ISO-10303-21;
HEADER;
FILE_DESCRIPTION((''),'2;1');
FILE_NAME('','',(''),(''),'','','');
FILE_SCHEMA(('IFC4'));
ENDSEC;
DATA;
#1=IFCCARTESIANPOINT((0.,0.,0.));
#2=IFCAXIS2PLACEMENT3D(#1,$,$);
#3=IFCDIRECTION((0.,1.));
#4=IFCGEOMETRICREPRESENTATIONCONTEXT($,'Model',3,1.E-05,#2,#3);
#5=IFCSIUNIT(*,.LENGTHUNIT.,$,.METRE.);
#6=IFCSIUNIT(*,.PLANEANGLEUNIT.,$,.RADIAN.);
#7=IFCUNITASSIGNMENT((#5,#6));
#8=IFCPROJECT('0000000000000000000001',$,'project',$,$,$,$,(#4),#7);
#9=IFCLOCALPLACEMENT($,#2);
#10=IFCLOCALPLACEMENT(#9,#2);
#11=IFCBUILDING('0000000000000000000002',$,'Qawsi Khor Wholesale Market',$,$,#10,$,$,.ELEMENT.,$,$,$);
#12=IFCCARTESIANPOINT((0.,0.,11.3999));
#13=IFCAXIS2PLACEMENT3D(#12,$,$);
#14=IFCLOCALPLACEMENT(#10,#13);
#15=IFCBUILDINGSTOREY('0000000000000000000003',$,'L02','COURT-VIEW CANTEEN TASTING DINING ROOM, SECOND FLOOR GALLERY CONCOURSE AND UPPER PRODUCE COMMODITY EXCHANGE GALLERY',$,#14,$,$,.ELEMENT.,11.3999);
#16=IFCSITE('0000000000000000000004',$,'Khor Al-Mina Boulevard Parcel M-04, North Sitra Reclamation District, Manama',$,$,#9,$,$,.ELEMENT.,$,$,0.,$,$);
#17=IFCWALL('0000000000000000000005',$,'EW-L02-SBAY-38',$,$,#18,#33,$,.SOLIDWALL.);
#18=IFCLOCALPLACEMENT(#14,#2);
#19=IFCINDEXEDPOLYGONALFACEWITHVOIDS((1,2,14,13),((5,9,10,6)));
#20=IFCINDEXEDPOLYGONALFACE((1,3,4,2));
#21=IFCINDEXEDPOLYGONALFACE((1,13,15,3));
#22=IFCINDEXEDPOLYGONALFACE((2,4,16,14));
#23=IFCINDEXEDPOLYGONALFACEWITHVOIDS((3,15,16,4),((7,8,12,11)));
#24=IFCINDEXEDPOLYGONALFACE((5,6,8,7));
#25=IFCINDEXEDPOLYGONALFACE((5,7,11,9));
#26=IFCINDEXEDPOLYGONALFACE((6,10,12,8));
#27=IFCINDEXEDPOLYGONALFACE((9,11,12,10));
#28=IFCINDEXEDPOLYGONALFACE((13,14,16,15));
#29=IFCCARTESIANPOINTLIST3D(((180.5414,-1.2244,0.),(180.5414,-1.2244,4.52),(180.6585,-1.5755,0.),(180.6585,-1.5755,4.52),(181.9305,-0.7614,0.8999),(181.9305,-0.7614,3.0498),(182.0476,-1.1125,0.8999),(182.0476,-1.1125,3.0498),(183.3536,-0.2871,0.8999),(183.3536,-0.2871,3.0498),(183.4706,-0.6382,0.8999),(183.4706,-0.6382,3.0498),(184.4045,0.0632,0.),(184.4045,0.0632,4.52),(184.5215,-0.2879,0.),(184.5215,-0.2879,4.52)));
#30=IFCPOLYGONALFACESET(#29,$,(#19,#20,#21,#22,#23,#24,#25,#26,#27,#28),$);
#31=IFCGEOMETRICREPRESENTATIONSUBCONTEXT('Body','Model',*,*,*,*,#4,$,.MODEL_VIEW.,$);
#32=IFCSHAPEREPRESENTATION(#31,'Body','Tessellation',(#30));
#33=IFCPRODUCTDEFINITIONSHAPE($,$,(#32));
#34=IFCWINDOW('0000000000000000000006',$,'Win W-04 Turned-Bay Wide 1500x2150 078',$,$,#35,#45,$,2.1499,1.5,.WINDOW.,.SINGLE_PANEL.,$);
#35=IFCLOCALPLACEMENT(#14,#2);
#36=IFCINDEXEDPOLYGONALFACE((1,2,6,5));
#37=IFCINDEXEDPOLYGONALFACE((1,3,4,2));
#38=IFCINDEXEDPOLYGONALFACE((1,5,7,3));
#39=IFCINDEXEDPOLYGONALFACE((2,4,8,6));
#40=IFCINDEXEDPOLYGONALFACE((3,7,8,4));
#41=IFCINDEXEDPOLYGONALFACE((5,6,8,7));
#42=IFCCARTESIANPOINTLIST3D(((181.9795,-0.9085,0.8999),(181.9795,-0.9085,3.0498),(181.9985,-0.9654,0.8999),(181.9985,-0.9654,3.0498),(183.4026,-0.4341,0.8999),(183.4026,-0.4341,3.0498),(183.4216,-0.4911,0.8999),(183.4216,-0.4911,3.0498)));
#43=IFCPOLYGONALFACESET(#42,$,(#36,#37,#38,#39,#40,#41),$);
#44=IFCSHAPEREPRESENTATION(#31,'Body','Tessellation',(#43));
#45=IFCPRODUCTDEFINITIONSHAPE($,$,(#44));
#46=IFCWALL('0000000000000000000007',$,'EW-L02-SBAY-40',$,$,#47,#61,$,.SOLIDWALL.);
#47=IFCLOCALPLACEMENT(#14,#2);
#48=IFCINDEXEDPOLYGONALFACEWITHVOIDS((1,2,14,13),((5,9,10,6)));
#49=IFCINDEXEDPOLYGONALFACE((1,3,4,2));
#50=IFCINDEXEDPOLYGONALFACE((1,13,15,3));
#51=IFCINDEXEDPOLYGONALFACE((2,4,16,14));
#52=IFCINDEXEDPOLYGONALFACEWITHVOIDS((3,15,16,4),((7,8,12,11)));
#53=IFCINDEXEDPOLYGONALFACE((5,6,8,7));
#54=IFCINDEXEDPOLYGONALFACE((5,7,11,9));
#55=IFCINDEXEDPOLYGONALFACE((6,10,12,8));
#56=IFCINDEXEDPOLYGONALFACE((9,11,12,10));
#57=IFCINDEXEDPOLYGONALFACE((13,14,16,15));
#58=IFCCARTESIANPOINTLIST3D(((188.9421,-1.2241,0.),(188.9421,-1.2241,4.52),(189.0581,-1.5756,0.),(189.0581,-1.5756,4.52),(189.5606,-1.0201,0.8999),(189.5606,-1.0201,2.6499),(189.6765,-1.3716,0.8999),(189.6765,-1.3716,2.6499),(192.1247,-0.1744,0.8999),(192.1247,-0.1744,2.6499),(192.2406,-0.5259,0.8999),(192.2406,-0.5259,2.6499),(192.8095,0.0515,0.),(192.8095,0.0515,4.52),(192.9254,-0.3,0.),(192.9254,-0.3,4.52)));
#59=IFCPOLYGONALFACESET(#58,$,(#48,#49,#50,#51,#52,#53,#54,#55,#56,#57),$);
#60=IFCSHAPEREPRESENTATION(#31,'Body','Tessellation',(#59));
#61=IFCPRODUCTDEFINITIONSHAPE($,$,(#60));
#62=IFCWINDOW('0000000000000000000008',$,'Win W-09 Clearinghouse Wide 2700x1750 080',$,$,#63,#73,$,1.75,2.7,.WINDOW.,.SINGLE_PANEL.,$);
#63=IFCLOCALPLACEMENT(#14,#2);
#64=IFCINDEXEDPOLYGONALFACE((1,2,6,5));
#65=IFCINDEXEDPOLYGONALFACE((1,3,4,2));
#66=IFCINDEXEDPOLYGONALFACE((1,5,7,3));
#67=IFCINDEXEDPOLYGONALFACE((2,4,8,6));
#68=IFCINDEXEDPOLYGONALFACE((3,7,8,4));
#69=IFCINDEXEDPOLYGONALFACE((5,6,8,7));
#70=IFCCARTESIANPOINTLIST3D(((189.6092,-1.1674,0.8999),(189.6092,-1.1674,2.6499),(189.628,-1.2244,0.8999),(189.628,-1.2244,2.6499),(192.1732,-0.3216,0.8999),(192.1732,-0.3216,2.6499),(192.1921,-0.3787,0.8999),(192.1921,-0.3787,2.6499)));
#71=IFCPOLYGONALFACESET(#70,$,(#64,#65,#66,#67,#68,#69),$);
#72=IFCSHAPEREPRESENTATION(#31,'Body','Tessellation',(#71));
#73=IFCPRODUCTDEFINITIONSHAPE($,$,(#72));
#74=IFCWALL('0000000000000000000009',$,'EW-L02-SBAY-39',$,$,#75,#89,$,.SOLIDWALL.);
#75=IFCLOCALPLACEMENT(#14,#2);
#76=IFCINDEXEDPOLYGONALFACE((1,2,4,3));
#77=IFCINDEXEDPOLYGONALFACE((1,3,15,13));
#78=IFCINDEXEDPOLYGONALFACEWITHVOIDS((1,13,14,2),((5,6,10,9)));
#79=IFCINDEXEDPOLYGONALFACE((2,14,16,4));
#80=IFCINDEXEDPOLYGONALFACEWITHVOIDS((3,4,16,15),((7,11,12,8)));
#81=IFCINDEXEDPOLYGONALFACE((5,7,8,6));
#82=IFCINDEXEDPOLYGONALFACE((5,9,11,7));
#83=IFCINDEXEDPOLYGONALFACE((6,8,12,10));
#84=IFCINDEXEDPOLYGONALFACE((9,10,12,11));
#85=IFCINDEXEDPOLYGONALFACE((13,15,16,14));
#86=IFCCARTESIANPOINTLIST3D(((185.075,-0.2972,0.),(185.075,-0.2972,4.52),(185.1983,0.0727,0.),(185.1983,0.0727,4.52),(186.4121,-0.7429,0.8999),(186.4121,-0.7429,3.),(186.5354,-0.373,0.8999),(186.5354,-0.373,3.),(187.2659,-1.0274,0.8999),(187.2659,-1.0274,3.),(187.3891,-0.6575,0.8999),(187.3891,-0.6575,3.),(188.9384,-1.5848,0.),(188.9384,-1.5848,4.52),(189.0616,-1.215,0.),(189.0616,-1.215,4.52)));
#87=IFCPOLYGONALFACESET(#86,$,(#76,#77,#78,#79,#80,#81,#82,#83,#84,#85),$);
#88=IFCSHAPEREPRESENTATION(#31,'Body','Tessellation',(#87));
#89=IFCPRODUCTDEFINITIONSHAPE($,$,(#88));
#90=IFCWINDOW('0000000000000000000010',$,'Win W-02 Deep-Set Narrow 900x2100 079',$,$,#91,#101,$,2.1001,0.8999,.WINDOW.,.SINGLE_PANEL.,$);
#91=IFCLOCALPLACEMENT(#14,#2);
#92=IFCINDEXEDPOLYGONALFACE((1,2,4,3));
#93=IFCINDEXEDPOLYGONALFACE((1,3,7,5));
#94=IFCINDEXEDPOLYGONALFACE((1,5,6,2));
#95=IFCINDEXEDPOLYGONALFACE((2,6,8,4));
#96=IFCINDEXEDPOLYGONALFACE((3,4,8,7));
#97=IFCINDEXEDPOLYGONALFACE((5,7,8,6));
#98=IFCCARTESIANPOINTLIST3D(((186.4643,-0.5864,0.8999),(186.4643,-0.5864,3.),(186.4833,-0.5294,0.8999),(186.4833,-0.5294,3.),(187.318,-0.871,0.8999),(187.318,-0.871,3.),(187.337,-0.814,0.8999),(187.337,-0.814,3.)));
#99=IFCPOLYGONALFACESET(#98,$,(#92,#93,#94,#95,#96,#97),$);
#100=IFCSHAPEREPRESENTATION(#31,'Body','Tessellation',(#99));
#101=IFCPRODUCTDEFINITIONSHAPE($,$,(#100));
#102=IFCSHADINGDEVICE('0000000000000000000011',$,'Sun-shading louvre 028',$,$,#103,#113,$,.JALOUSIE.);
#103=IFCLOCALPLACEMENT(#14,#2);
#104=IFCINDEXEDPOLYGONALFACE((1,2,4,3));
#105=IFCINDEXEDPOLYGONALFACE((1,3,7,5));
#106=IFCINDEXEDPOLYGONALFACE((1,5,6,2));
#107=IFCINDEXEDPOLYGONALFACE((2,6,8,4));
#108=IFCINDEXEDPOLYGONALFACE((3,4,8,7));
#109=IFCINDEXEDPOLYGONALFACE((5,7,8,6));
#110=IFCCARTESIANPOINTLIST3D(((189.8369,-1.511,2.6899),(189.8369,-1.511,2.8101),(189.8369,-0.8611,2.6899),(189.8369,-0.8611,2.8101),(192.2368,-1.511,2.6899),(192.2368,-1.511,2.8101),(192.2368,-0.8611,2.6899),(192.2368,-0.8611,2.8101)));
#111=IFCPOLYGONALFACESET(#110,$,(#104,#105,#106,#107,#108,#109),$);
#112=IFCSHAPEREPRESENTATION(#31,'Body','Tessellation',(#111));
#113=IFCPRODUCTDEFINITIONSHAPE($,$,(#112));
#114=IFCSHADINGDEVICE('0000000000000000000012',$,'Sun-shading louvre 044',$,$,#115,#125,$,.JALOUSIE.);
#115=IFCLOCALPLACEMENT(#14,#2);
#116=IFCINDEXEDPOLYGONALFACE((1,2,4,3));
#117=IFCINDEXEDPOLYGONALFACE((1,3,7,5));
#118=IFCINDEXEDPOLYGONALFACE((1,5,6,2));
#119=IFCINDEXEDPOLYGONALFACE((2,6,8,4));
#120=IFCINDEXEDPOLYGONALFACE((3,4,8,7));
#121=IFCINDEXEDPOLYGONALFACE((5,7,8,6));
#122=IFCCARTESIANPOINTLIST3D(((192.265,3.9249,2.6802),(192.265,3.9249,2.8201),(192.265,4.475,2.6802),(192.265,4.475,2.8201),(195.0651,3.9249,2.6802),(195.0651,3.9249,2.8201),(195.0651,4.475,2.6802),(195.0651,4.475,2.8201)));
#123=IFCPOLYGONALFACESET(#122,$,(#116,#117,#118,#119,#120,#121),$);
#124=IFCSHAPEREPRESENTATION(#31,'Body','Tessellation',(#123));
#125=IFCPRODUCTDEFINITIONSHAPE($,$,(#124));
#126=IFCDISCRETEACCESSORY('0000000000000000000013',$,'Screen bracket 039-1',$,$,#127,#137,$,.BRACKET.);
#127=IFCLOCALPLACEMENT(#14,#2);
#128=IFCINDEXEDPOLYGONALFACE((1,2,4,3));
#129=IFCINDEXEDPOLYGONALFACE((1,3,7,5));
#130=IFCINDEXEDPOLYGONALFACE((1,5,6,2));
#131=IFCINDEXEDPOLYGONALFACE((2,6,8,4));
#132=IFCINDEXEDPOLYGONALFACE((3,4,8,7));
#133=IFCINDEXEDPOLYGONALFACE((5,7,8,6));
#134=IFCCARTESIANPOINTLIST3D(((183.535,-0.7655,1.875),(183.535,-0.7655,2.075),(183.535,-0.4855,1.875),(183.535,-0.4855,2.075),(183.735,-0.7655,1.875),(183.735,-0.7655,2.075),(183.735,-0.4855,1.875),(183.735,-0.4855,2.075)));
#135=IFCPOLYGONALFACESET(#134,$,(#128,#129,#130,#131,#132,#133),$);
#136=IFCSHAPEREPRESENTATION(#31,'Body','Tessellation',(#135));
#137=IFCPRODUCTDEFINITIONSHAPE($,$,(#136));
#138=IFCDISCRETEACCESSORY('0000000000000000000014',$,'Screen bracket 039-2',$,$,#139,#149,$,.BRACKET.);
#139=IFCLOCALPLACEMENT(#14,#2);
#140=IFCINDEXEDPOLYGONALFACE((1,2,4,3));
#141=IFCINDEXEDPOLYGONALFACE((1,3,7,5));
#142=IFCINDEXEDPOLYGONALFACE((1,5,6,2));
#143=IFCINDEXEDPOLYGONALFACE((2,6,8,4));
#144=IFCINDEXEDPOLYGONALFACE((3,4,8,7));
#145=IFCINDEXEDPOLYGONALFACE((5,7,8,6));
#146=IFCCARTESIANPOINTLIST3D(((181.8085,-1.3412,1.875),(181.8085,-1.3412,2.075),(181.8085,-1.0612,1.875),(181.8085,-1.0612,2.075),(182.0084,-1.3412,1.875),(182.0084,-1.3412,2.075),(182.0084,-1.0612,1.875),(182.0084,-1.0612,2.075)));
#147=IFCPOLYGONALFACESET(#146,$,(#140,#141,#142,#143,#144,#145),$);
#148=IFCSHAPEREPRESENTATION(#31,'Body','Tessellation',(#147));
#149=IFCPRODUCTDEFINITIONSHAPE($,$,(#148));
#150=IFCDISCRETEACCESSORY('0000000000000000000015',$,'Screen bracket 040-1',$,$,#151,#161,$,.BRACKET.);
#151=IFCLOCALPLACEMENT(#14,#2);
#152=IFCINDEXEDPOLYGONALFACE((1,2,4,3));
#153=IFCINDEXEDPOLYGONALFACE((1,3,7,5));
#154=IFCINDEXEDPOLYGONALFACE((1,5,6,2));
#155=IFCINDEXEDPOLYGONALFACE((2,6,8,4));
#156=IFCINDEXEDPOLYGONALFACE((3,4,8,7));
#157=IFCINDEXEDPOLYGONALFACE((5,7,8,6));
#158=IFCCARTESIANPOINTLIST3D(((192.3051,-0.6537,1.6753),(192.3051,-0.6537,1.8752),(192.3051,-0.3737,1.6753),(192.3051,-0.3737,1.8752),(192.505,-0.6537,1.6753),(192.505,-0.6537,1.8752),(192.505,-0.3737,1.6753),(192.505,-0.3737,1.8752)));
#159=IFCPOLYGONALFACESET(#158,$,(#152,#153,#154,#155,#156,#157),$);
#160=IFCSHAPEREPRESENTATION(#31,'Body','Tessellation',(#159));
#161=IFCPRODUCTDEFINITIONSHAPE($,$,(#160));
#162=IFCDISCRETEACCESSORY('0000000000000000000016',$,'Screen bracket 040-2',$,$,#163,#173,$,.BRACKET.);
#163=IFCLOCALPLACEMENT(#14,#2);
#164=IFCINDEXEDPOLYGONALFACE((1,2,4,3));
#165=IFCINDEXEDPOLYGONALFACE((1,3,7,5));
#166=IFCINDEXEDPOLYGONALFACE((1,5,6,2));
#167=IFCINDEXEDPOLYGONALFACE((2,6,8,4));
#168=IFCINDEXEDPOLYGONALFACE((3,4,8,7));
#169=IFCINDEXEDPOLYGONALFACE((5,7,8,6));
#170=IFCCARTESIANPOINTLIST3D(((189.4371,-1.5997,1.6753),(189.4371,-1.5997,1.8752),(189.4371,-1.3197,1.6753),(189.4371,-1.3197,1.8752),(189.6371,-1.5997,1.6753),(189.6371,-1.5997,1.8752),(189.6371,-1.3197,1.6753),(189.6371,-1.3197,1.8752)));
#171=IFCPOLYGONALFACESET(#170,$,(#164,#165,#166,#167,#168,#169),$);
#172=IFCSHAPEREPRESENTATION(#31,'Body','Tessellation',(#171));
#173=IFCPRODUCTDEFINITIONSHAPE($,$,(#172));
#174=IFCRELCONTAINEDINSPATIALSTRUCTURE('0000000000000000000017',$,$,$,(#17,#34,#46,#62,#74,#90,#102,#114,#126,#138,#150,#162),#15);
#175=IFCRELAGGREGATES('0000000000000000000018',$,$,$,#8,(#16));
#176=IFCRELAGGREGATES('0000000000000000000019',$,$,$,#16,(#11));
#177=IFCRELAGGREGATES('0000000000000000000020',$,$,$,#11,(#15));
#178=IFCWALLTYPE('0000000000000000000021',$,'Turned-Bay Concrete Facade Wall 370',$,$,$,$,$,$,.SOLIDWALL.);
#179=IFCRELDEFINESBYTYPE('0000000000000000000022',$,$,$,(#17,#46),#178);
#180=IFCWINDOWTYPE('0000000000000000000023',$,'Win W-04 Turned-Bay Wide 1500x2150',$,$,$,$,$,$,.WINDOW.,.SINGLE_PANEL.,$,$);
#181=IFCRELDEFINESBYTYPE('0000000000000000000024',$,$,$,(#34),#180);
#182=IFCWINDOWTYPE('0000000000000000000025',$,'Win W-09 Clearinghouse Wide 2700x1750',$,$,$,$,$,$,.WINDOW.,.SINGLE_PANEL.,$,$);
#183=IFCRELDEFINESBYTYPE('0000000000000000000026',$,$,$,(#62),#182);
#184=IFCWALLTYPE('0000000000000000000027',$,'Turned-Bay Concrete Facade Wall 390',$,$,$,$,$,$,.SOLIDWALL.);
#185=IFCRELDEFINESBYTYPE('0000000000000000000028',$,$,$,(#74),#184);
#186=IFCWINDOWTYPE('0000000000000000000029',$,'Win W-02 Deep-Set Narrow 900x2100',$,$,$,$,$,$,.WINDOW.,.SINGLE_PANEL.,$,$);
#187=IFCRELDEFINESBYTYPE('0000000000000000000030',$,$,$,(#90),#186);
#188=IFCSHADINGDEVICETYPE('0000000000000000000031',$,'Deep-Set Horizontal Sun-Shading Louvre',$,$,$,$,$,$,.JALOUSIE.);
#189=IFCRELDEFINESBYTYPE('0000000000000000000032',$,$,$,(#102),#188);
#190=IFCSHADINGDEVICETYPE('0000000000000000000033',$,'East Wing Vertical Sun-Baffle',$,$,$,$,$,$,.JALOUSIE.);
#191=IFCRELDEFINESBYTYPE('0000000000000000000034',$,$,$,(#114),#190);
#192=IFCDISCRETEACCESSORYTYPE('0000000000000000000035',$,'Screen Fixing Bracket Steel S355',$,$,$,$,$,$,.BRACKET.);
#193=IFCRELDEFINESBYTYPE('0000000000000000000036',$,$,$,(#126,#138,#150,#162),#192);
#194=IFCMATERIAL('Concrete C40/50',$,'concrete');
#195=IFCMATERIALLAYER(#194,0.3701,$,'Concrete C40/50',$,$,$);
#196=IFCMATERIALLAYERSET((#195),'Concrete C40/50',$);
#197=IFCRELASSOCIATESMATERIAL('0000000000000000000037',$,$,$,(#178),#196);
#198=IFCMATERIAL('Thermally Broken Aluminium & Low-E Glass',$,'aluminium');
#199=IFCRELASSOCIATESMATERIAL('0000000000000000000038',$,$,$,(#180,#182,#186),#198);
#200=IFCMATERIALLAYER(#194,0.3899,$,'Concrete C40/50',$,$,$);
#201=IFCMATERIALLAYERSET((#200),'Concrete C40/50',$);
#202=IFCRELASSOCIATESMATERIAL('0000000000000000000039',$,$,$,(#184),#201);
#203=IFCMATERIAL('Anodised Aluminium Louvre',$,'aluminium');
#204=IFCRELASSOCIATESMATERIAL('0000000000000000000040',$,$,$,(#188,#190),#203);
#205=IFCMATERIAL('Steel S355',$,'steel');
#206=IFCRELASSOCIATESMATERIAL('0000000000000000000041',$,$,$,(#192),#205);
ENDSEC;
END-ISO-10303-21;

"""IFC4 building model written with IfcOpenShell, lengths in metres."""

from ifc_helpers import new_model, si_unit, direction, frame, frame_2d, origin, origin_2d, place, context, subcontext, project, spatial, rectangle, extrude, material, layer, layer_set, type_object, element, fill, save


model = new_model("IFC4")

# Units and contexts
model_context = context("Model", 3, precision=1e-05, world=origin(), true_north=direction((0.0, 1.0)))
body_context = subcontext(model_context, "Body", "Model", "MODEL_VIEW")
ifc_project = project(units=[si_unit("LENGTHUNIT", "METRE"), si_unit("PLANEANGLEUNIT", "RADIAN")], contexts=[model_context])

# Site, building, storey
site_placement = place(None, origin())
site = spatial("IfcSite", under=ifc_project, at=site_placement, Name="Khor Al-Mina Boulevard Parcel M-04, North Sitra Reclamation District, Manama", CompositionType="ELEMENT", RefElevation=0.0)
building_placement = place(site_placement, origin())
building = spatial("IfcBuilding", under=site, at=building_placement, Name="Qawsi Khor Wholesale Market", CompositionType="ELEMENT")
storey_placement = place(building_placement, frame((0.0, 0.0, 11.3999)))
storey = spatial("IfcBuildingStorey", under=building, at=storey_placement, Name="L02", Description="COURT-VIEW CANTEEN TASTING DINING ROOM, SECOND FLOOR GALLERY CONCOURSE AND UPPER PRODUCE COMMODITY EXCHANGE GALLERY", CompositionType="ELEMENT", Elevation=11.3999)

# Shared definitions
ifc_material_1 = material(Name="Concrete C40/50", Category="concrete")

# Shared definitions
ifc_material_2 = material(Name="Steel S355", Category="steel")

# Walls, openings, windows
ifc_material_3 = material(Name="Thermally Broken Aluminium & Low-E Glass", Category="aluminium")
ifc_layer_1 = layer(ifc_material_1, 0.3701, Name="Concrete C40/50")
ifc_layer_set_1 = layer_set([ifc_layer_1], Name="Concrete C40/50")
wall_type_1 = type_object("IfcWallType", Name="Turned-Bay Concrete Facade Wall 370", PredefinedType="SOLIDWALL", material=ifc_layer_set_1)
wall_1_placement = place(storey_placement, frame((184.4631, -0.1123, 0.0), z_axis=(0.0, 0.0, 1.0), x_axis=(-0.948689, -0.31621, 0.0)))
wall_1 = element("IfcWall", 1, at=wall_1_placement, inside=storey, type_object=wall_type_1, Name="EW-L02-SBAY-38", PredefinedType="SOLIDWALL", context=body_context, shape_type="SweptSolid", body=[
    extrude(rectangle(XDim=4.072, YDim=0.3701, at=frame_2d((2.0361, 0.0))), origin(), (0.0, 0.0, 1.0), 4.52),
])
opening_1_placement = place(wall_1_placement, frame((1.1079, 0.0, 0.8999)))
opening_1 = element("IfcOpeningElement", 2, at=opening_1_placement, cuts=wall_1, PredefinedType="OPENING", context=body_context, shape_type="SweptSolid", body=[
    extrude(rectangle(XDim=1.5, YDim=2.1499, at=frame_2d((0.75, 1.075))), frame((0.0, 0.1951, 0.0), z_axis=(0.0, -1.0, 0.0), x_axis=(1.0, 0.0, 0.0)), (0.0, 0.0, 1.0), 0.3901),
])
window_type_1 = type_object("IfcWindowType", Name="Win W-04 Turned-Bay Wide 1500x2150", PartitioningType="SINGLE_PANEL", PredefinedType="WINDOW", material=ifc_material_3)
window_1_placement = place(opening_1_placement, origin())
window_1 = element("IfcWindow", 3, at=window_1_placement, inside=storey, type_object=window_type_1, Name="Win W-04 Turned-Bay Wide 1500x2150 078", OverallHeight=2.1499, OverallWidth=1.5, PartitioningType="SINGLE_PANEL", PredefinedType="WINDOW", context=body_context, shape_type="SweptSolid", body=[
    extrude(rectangle(XDim=1.5, YDim=2.1499, at=frame_2d((0.75, 1.075))), frame((0.0, 0.03, 0.0), z_axis=(0.0, -1.0, 0.0), x_axis=(1.0, 0.0, 0.0)), (0.0, 0.0, 1.0), 0.0601),
])
fill(opening_1, window_1)
wall_2_placement = place(storey_placement, frame((192.8674, -0.1243, 0.0), z_axis=(0.0, 0.0, 1.0), x_axis=(-0.949674, -0.313241, 0.0)))
wall_2 = element("IfcWall", 4, at=wall_2_placement, inside=storey, type_object=wall_type_1, Name="EW-L02-SBAY-40", PredefinedType="SOLIDWALL", context=body_context, shape_type="SweptSolid", body=[
    extrude(rectangle(XDim=4.0723, YDim=0.3701, at=frame_2d((2.0361, 0.0))), origin(), (0.0, 0.0, 1.0), 4.52),
])
opening_2_placement = place(wall_2_placement, frame((0.7209, 0.0, 0.8999)))
opening_2 = element("IfcOpeningElement", 5, at=opening_2_placement, cuts=wall_2, PredefinedType="OPENING", context=body_context, shape_type="SweptSolid", body=[
    extrude(rectangle(XDim=2.7, YDim=1.75, at=frame_2d((1.3501, 0.875))), frame((0.0, 0.1951, 0.0), z_axis=(0.0, -1.0, 0.0), x_axis=(1.0, 0.0, 0.0)), (0.0, 0.0, 1.0), 0.3901),
])
window_type_2 = type_object("IfcWindowType", Name="Win W-09 Clearinghouse Wide 2700x1750", PartitioningType="SINGLE_PANEL", PredefinedType="WINDOW", material=ifc_material_3)
window_2_placement = place(opening_2_placement, origin())
window_2 = element("IfcWindow", 6, at=window_2_placement, inside=storey, type_object=window_type_2, Name="Win W-09 Clearinghouse Wide 2700x1750 080", OverallHeight=1.75, OverallWidth=2.7, PartitioningType="SINGLE_PANEL", PredefinedType="WINDOW", context=body_context, shape_type="SweptSolid", body=[
    extrude(rectangle(XDim=2.7, YDim=1.75, at=frame_2d((1.3501, 0.875))), frame((0.0, 0.03, 0.0), z_axis=(0.0, -1.0, 0.0), x_axis=(1.0, 0.0, 0.0)), (0.0, 0.0, 1.0), 0.0601),
])
fill(opening_2, window_2)
ifc_layer_2 = layer(ifc_material_1, 0.3899, Name="Concrete C40/50")
ifc_layer_set_2 = layer_set([ifc_layer_2], Name="Concrete C40/50")
wall_type_2 = type_object("IfcWallType", Name="Turned-Bay Concrete Facade Wall 390", PredefinedType="SOLIDWALL", material=ifc_layer_set_2)
wall_3_placement = place(storey_placement, frame((189.0, -1.3999, 0.0), z_axis=(0.0, 0.0, 1.0), x_axis=(-0.948695, 0.316192, 0.0)))
wall_3 = element("IfcWall", 7, at=wall_3_placement, inside=storey, type_object=wall_type_2, Name="EW-L02-SBAY-39", PredefinedType="SOLIDWALL", context=body_context, shape_type="SweptSolid", body=[
    extrude(rectangle(XDim=4.0723, YDim=0.3899, at=frame_2d((2.0361, 0.0))), origin(), (0.0, 0.0, 1.0), 4.52),
])
opening_3_placement = place(wall_3_placement, frame((1.7629, 0.0, 0.8999)))
opening_3 = element("IfcOpeningElement", 8, at=opening_3_placement, cuts=wall_3, PredefinedType="OPENING", context=body_context, shape_type="SweptSolid", body=[
    extrude(rectangle(XDim=0.8999, YDim=2.1001, at=frame_2d((0.45, 1.05))), frame((0.0, 0.2048, 0.0), z_axis=(0.0, -1.0, 0.0), x_axis=(1.0, 0.0, 0.0)), (0.0, 0.0, 1.0), 0.4099),
])
window_type_3 = type_object("IfcWindowType", Name="Win W-02 Deep-Set Narrow 900x2100", PartitioningType="SINGLE_PANEL", PredefinedType="WINDOW", material=ifc_material_3)
window_3_placement = place(opening_3_placement, origin())
window_3 = element("IfcWindow", 9, at=window_3_placement, inside=storey, type_object=window_type_3, Name="Win W-02 Deep-Set Narrow 900x2100 079", OverallHeight=2.1001, OverallWidth=0.8999, PartitioningType="SINGLE_PANEL", PredefinedType="WINDOW", context=body_context, shape_type="SweptSolid", body=[
    extrude(rectangle(XDim=0.8999, YDim=2.1001, at=frame_2d((0.45, 1.05))), frame((0.0, 0.03, 0.0), z_axis=(0.0, -1.0, 0.0), x_axis=(1.0, 0.0, 0.0)), (0.0, 0.0, 1.0), 0.0601),
])
fill(opening_3, window_3)

# Shading devices
ifc_material_4 = material(Name="Anodised Aluminium Louvre", Category="aluminium")
shading_device_type_1 = type_object("IfcShadingDeviceType", Name="Deep-Set Horizontal Sun-Shading Louvre", PredefinedType="JALOUSIE", material=ifc_material_4)
shading_device_1_placement = place(storey_placement, frame((191.0369, -1.186, 2.6899), z_axis=(0.0, 0.0, 1.0), x_axis=(1.0, 0.0, 0.0)))
element("IfcShadingDevice", 10, at=shading_device_1_placement, inside=storey, type_object=shading_device_type_1, Name="Sun-shading louvre 028", PredefinedType="JALOUSIE", context=body_context, shape_type="SweptSolid", body=[
    extrude(rectangle(XDim=2.3999, YDim=0.6499, at=origin_2d()), origin(), (0.0, 0.0, 1.0), 0.1201),
])
shading_device_type_2 = type_object("IfcShadingDeviceType", Name="East Wing Vertical Sun-Baffle", PredefinedType="JALOUSIE", material=ifc_material_4)
shading_device_2_placement = place(storey_placement, frame((193.665, 4.2, 2.6802), z_axis=(0.0, 0.0, 1.0), x_axis=(1.0, 0.0, 0.0)))
element("IfcShadingDevice", 11, at=shading_device_2_placement, inside=storey, type_object=shading_device_type_2, Name="Sun-shading louvre 044", PredefinedType="JALOUSIE", context=body_context, shape_type="SweptSolid", body=[
    extrude(rectangle(XDim=2.8, YDim=0.55, at=origin_2d()), origin(), (0.0, 0.0, 1.0), 0.1399),
])

# Discrete accessories
discrete_accessory_type = type_object("IfcDiscreteAccessoryType", Name="Screen Fixing Bracket Steel S355", PredefinedType="BRACKET", material=ifc_material_2)
for number, where, z_axis, x_axis, name in (
    (12, (183.635, -0.6255, 1.875), (0.0, 0.0, 1.0), (1.0, 0.0, 0.0), "Screen bracket 039-1"),
    (13, (181.9084, -1.2012, 1.875), (0.0, 0.0, 1.0), (1.0, 0.0, 0.0), "Screen bracket 039-2"),
    (14, (192.405, -0.5137, 1.6753), (0.0, 0.0, 1.0), (1.0, 0.0, 0.0), "Screen bracket 040-1"),
    (15, (189.5371, -1.4597, 1.6753), (0.0, 0.0, 1.0), (1.0, 0.0, 0.0), "Screen bracket 040-2"),
):
    element("IfcDiscreteAccessory", number, at=place(storey_placement, frame(where, z_axis=z_axis, x_axis=x_axis)), inside=storey, type_object=discrete_accessory_type, Name=name, PredefinedType="BRACKET", context=body_context, shape_type="SweptSolid", body=[
        extrude(rectangle(XDim=0.2, YDim=0.28, at=origin_2d()), origin(), (0.0, 0.0, 1.0), 0.2),
    ])

save(model, "model.ifc")
